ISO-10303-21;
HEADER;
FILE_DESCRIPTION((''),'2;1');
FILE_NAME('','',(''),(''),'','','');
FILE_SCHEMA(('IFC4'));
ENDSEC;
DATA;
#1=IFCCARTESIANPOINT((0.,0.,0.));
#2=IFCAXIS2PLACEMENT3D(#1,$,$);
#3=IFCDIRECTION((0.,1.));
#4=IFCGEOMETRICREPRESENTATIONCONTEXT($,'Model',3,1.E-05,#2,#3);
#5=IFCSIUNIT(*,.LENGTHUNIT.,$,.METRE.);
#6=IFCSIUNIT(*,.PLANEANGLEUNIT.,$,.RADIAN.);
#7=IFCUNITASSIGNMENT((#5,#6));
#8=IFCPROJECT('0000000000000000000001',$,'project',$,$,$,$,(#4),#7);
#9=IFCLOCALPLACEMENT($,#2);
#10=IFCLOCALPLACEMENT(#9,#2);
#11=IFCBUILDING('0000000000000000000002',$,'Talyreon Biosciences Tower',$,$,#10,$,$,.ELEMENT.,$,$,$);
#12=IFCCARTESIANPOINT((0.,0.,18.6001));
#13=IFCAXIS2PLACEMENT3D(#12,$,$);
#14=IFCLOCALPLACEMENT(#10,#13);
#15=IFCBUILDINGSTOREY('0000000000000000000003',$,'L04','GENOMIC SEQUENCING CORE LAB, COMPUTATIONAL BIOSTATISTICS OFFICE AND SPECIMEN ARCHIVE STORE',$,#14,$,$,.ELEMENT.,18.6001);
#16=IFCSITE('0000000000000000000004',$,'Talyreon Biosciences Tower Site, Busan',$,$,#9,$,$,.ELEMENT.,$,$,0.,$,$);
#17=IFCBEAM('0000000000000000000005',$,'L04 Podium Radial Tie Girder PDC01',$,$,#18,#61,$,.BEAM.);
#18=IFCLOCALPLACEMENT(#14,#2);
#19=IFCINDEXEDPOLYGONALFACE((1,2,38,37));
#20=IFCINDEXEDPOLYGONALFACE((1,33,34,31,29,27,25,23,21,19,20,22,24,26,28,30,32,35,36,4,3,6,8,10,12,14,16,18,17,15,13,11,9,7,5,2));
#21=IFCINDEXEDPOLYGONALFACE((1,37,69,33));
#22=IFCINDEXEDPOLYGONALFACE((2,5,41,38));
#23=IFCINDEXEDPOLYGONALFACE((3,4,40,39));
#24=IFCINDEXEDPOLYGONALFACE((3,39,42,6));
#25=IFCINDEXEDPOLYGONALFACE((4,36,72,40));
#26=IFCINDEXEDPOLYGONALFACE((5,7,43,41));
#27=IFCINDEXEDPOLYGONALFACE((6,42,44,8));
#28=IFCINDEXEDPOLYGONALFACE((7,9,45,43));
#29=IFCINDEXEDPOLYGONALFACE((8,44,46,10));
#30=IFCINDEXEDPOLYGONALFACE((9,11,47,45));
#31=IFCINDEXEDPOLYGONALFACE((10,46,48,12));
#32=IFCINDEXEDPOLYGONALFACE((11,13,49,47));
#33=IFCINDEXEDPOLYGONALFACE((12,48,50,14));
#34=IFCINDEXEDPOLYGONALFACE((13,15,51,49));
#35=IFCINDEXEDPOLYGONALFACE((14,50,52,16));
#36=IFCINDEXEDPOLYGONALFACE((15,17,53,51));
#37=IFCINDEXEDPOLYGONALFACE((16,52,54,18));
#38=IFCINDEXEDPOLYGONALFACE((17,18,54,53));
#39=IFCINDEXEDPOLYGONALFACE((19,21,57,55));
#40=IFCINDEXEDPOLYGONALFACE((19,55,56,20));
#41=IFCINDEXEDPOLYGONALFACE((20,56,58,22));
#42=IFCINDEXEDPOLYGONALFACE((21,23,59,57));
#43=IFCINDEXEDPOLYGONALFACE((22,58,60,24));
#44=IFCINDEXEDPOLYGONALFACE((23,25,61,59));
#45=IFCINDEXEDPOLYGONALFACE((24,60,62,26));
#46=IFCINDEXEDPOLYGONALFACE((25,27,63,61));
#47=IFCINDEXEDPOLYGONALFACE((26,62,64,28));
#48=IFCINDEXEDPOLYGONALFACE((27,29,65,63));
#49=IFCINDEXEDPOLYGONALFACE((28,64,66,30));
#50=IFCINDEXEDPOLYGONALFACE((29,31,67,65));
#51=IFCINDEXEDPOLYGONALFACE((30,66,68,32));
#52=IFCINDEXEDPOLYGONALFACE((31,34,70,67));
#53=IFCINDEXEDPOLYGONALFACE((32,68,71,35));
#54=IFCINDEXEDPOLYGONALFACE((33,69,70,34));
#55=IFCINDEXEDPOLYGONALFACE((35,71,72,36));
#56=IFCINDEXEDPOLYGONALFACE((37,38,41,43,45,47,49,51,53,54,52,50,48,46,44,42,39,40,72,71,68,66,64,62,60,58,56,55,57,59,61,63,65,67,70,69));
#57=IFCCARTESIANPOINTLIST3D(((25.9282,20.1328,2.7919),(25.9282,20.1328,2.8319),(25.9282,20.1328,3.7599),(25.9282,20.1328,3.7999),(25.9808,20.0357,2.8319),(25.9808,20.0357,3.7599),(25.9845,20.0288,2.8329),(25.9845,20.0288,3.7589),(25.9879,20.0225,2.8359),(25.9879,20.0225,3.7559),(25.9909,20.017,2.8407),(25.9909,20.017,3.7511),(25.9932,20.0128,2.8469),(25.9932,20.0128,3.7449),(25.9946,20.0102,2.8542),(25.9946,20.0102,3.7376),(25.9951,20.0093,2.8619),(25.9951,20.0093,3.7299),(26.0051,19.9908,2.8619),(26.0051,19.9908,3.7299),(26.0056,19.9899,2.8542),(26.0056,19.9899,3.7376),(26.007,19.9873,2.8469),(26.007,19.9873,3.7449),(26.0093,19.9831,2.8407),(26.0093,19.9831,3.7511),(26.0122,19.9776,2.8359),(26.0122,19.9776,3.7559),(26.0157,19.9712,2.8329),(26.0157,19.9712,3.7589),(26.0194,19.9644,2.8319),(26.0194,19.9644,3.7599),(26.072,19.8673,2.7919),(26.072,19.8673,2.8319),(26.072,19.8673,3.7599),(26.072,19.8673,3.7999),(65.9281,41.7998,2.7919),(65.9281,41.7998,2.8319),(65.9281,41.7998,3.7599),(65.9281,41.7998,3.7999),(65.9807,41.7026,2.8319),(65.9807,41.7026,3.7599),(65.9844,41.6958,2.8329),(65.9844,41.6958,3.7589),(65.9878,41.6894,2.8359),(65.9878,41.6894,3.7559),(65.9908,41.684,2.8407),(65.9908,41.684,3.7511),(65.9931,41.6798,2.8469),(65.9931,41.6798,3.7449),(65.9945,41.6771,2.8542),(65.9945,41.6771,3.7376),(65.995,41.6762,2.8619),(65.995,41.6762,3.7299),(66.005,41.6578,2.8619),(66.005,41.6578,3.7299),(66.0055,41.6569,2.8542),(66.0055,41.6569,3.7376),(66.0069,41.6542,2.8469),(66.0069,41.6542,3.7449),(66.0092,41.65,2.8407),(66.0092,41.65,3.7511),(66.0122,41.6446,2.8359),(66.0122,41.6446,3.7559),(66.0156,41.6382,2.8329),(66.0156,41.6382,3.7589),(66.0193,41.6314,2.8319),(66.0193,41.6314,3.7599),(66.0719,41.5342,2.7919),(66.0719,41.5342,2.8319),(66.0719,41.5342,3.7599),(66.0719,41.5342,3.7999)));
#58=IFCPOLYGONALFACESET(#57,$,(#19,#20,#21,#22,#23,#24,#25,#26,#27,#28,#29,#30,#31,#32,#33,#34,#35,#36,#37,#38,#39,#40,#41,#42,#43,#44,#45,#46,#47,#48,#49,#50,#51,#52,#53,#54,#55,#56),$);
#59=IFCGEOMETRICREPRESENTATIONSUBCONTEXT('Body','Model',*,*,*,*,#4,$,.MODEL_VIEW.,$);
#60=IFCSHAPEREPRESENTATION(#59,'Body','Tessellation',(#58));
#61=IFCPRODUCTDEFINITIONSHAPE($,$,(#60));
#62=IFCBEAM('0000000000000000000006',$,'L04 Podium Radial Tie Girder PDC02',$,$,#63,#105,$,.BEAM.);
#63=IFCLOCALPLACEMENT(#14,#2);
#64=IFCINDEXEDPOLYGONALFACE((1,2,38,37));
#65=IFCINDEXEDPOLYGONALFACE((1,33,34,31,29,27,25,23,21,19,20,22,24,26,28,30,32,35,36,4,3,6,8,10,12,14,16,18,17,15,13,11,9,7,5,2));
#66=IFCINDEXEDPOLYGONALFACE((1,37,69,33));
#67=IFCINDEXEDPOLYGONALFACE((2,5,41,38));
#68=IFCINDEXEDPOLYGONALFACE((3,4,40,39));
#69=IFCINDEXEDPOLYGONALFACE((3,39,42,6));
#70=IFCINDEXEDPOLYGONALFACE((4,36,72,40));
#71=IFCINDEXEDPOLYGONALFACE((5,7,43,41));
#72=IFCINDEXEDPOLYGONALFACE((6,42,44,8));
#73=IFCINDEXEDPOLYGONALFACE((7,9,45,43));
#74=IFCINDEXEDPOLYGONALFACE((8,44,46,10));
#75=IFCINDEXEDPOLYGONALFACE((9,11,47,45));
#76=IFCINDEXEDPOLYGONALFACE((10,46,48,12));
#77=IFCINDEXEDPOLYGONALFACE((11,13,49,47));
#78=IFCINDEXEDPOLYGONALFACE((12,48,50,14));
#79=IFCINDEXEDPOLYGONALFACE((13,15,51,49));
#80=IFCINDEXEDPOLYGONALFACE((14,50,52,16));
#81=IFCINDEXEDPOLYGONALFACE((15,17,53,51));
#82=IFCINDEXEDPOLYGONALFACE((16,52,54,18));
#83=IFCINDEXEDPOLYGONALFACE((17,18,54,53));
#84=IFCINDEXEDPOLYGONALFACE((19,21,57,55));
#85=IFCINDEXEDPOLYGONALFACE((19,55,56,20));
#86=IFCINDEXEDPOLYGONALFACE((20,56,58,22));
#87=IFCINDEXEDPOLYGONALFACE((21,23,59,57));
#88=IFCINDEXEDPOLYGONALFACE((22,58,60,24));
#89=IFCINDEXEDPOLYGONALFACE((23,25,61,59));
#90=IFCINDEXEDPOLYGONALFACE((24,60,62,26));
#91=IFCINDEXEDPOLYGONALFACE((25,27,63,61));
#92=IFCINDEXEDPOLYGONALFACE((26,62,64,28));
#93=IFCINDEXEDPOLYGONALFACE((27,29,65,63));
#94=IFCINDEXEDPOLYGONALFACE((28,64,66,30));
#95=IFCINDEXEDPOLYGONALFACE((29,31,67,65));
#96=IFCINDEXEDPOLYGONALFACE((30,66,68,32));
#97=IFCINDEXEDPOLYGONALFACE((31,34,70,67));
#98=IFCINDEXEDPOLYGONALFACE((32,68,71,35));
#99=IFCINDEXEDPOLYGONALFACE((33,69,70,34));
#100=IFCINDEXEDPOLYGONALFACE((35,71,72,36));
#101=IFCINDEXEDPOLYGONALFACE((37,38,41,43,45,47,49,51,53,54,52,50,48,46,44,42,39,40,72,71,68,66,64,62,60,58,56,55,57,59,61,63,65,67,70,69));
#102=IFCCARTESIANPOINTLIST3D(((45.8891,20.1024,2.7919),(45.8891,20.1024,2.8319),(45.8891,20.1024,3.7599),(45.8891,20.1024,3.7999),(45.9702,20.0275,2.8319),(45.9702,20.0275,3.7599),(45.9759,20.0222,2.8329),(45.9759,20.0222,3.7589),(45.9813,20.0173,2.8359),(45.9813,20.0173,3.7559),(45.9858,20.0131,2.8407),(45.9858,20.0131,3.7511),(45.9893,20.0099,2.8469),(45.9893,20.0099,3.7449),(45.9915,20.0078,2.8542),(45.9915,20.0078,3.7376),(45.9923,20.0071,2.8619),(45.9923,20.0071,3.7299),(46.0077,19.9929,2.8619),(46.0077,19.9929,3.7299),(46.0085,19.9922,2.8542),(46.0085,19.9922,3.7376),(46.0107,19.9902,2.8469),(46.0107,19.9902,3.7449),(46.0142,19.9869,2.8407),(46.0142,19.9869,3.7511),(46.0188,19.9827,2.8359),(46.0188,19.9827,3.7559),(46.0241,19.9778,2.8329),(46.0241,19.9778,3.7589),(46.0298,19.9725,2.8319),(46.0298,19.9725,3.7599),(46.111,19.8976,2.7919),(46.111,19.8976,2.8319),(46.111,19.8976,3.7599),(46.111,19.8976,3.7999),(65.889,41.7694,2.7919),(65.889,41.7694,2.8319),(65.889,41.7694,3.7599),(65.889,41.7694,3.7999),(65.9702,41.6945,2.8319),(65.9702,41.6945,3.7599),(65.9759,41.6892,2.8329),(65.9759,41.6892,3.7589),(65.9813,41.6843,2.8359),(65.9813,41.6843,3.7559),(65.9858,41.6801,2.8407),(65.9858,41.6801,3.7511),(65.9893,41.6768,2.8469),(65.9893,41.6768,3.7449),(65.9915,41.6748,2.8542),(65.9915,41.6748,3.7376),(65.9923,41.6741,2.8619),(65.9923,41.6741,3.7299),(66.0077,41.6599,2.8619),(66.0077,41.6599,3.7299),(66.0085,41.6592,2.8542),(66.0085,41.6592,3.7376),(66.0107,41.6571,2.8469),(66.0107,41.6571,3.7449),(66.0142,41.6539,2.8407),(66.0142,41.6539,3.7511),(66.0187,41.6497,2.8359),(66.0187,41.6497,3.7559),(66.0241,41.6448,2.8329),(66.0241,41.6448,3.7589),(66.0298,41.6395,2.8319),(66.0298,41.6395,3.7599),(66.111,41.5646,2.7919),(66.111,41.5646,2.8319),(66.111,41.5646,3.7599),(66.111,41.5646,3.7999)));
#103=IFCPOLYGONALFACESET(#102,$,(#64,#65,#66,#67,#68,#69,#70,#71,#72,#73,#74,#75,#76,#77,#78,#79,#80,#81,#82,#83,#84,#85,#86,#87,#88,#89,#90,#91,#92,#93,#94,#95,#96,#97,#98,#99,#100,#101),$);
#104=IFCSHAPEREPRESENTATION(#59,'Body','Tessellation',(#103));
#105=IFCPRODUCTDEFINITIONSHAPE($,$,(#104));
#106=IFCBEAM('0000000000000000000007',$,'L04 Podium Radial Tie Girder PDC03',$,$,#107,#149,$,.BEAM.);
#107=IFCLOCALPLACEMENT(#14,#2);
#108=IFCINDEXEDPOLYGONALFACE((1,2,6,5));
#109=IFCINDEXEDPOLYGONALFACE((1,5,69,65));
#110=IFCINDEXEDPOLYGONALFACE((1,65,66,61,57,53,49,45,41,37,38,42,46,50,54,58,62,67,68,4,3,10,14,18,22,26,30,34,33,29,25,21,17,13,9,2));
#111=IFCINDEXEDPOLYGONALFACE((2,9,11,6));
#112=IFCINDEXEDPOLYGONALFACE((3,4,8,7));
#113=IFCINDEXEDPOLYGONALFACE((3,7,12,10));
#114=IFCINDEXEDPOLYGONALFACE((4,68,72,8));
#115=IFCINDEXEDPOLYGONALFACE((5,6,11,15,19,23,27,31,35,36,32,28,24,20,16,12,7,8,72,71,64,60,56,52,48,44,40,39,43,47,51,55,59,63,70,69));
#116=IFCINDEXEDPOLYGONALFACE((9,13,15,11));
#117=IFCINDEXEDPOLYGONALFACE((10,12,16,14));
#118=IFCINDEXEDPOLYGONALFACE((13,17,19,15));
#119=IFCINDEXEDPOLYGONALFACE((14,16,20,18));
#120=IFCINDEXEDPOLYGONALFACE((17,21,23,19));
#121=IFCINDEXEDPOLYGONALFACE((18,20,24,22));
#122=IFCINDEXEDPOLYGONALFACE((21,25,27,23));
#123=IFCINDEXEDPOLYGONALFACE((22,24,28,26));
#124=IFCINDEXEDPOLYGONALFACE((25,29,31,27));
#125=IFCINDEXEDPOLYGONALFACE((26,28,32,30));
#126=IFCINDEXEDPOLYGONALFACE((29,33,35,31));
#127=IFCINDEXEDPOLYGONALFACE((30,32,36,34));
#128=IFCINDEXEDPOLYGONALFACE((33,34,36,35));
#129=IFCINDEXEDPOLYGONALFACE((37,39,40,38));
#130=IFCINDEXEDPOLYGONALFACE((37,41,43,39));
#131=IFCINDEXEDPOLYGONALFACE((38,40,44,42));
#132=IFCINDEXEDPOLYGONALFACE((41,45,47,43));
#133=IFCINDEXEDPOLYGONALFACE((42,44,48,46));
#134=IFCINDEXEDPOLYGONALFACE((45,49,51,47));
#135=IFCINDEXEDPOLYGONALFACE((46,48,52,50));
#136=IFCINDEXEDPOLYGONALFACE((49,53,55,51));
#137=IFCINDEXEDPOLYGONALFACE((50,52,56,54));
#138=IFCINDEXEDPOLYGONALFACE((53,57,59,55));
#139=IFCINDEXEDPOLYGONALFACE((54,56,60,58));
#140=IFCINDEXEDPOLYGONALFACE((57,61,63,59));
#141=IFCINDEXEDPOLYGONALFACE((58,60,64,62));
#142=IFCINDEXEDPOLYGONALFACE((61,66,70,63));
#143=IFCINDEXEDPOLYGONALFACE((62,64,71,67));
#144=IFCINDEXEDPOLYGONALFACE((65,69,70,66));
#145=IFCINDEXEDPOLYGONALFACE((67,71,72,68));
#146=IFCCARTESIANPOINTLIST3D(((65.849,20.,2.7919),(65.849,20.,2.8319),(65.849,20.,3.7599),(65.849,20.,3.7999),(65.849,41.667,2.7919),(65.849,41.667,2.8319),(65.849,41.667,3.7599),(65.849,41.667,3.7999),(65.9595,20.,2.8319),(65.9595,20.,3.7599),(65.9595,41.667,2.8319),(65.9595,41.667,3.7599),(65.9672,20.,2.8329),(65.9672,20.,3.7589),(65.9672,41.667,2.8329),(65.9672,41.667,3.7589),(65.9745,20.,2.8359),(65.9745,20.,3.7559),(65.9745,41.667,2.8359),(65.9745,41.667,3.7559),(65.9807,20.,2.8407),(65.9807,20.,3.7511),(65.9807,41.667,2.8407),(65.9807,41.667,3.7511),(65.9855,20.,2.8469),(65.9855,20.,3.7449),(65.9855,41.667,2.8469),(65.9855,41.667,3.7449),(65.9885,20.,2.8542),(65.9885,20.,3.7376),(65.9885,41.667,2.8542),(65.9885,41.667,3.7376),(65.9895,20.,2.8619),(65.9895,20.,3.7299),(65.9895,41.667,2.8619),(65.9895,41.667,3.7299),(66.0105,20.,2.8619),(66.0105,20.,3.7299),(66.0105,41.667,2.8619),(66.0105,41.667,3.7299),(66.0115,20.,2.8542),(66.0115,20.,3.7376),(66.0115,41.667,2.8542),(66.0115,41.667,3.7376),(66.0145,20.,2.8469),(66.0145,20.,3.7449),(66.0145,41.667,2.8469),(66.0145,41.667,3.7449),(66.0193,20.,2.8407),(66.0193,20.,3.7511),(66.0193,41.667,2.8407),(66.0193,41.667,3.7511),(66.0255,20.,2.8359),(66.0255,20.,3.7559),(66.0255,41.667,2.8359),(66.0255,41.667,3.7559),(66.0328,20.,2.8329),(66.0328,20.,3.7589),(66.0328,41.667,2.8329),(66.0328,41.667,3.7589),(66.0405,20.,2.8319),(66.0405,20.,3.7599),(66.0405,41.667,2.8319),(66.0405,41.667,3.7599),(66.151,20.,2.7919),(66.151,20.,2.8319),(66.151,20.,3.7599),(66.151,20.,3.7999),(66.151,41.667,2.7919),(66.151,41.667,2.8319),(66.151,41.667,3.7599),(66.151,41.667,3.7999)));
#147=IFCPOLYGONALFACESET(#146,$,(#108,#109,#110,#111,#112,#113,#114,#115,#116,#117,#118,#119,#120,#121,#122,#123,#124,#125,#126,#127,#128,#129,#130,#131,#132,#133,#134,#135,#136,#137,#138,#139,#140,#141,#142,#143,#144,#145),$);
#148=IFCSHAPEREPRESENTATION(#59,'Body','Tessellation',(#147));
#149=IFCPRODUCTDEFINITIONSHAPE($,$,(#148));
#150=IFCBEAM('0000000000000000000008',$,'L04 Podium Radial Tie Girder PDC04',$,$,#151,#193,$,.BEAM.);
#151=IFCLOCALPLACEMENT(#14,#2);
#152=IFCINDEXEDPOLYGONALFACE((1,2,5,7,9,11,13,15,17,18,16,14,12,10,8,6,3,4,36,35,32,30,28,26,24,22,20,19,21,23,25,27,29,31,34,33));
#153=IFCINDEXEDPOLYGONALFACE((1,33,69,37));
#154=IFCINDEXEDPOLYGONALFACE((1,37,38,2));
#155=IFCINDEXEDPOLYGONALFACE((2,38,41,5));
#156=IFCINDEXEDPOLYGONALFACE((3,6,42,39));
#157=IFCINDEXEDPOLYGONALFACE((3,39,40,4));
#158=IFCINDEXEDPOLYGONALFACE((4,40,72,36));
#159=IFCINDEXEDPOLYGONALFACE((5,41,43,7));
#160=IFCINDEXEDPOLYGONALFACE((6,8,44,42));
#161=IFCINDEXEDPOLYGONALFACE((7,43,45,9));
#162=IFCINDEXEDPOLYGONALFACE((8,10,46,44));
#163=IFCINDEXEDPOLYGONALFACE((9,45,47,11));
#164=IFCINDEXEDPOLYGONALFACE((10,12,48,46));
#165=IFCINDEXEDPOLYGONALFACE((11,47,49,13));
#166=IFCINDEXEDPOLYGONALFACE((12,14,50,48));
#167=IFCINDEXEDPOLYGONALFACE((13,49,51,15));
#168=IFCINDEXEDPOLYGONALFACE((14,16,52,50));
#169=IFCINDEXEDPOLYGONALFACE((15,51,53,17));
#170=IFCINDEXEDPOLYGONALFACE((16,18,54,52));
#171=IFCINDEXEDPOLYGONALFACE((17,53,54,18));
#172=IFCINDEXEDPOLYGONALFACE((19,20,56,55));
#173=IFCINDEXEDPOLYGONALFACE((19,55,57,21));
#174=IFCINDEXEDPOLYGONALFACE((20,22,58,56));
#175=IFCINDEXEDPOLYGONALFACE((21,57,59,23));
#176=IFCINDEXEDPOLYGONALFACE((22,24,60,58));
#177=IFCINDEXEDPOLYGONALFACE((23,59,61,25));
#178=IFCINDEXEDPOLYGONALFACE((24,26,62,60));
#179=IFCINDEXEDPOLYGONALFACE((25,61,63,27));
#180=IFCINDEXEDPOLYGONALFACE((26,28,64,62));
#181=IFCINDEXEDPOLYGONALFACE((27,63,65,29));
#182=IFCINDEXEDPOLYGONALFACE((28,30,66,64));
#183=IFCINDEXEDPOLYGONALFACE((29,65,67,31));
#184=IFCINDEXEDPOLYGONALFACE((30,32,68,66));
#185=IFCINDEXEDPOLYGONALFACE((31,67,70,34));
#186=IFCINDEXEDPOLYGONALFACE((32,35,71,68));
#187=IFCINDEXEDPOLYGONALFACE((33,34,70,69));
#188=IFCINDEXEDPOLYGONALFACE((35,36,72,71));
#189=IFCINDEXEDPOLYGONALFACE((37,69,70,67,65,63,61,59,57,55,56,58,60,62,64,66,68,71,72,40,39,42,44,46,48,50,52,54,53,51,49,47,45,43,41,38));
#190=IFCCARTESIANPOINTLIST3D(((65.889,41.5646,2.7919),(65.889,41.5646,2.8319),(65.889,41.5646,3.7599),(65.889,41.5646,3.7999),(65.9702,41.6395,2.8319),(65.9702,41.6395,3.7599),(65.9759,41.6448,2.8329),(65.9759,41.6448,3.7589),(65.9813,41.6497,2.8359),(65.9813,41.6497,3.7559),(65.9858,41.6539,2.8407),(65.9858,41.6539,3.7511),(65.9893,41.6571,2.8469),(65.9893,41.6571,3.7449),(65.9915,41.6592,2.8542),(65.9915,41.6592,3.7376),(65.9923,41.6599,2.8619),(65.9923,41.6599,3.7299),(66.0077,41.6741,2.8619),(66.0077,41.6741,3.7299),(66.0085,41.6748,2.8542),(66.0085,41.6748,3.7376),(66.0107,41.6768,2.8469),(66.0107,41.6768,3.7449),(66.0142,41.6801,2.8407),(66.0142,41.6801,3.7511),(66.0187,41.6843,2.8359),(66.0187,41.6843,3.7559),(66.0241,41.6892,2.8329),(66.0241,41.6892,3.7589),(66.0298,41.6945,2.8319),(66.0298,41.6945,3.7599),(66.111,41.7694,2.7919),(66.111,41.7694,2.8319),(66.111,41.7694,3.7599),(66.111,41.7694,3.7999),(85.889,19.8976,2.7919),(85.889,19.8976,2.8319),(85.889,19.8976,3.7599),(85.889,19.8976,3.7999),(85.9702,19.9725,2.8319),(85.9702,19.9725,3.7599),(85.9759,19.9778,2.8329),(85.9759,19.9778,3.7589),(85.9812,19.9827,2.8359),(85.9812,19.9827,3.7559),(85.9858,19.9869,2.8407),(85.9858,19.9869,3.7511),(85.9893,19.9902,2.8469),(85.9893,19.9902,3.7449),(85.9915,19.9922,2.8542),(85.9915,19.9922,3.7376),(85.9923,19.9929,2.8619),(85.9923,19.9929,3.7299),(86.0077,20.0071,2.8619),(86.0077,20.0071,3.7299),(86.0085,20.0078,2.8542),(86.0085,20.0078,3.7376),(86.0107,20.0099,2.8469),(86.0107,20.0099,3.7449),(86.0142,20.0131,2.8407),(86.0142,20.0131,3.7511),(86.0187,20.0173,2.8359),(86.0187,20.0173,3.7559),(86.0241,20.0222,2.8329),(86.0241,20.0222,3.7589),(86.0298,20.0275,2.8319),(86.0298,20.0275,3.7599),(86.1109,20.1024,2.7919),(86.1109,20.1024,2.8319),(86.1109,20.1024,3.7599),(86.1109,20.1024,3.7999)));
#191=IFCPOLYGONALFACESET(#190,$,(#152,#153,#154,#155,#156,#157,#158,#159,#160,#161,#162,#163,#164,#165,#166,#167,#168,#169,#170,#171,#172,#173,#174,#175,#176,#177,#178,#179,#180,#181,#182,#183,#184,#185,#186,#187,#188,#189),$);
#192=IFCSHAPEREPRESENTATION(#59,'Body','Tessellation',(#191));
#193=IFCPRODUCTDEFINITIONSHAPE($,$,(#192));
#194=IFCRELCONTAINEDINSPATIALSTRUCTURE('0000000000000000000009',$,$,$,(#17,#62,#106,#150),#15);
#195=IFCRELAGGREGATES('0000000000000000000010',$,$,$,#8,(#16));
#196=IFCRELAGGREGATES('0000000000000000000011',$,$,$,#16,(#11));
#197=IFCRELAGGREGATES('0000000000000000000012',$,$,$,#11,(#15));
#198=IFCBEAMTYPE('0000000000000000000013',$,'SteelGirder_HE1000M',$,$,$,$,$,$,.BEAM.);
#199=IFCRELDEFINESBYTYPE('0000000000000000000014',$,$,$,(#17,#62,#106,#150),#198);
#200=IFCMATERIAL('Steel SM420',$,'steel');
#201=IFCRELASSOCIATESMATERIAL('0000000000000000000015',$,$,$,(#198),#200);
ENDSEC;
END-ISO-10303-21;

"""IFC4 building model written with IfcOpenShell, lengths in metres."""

from ifc_helpers import new_model, si_unit, direction, frame, origin, origin_2d, place, context, subcontext, project, spatial, i_section, extrude, material, material_profile, profile_set, type_object, element, save


model = new_model("IFC4")

# Units and contexts
model_context = context("Model", 3, precision=1e-05, world=origin(), true_north=direction((0.0, 1.0)))
body_context = subcontext(model_context, "Body", "Model", "MODEL_VIEW")
ifc_project = project(units=[si_unit("LENGTHUNIT", "METRE"), si_unit("PLANEANGLEUNIT", "RADIAN")], contexts=[model_context])

# Site, building, storey
site_placement = place(None, origin())
site = spatial("IfcSite", under=ifc_project, at=site_placement, Name="Talyreon Biosciences Tower Site, Busan", CompositionType="ELEMENT", RefElevation=0.0)
building_placement = place(site_placement, origin())
building = spatial("IfcBuilding", under=site, at=building_placement, Name="Talyreon Biosciences Tower", CompositionType="ELEMENT")
storey_placement = place(building_placement, frame((0.0, 0.0, 18.6001)))
storey = spatial("IfcBuildingStorey", under=building, at=storey_placement, Name="L04", Description="GENOMIC SEQUENCING CORE LAB, COMPUTATIONAL BIOSTATISTICS OFFICE AND SPECIMEN ARCHIVE STORE", CompositionType="ELEMENT", Elevation=18.6001)

# Beams
ifc_material_1 = material(Name="Steel SM420", Category="steel")
ifc_material_profile_1 = material_profile(ifc_material_1, i_section(OverallWidth=0.302, OverallDepth=1.0081, WebThickness=0.021, FlangeThickness=0.04, FilletRadius=0.03, at=origin_2d()), Name="HE1000M")
ifc_profile_set_1 = profile_set([ifc_material_profile_1], Name="Steel SM420")
beam_type_1 = type_object("IfcBeamType", Name="SteelGirder_HE1000M", PredefinedType="BEAM", material=ifc_profile_set_1)
beam_1_placement = place(storey_placement, frame((66.0, 41.667, 3.2959), z_axis=(-0.879289, -0.476289, 0.0), x_axis=(0.476289, -0.879289, 0.0)))
element("IfcBeam", 1, at=beam_1_placement, inside=storey, type_object=beam_type_1, Name="L04 Podium Radial Tie Girder PDC01", PredefinedType="BEAM", context=body_context, shape_type="SweptSolid", body=[
    extrude(i_section(OverallWidth=0.302, OverallDepth=1.0081, WebThickness=0.021, FlangeThickness=0.04, FilletRadius=0.03, at=origin_2d()), origin(), (0.0, 0.0, 1.0), 45.4912),
])
beam_2_placement = place(storey_placement, frame((66.0, 41.667, 3.2959), z_axis=(-0.678275, -0.734809, 0.0), x_axis=(0.734809, -0.678275, 0.0)))
element("IfcBeam", 2, at=beam_2_placement, inside=storey, type_object=beam_type_1, Name="L04 Podium Radial Tie Girder PDC02", PredefinedType="BEAM", context=body_context, shape_type="SweptSolid", body=[
    extrude(i_section(OverallWidth=0.302, OverallDepth=1.0081, WebThickness=0.021, FlangeThickness=0.04, FilletRadius=0.03, at=origin_2d()), origin(), (0.0, 0.0, 1.0), 29.4866),
])
beam_3_placement = place(storey_placement, frame((66.0, 41.667, 3.2959), z_axis=(0.0, -1.0, 0.0), x_axis=(1.0, 0.0, 0.0)))
element("IfcBeam", 3, at=beam_3_placement, inside=storey, type_object=beam_type_1, Name="L04 Podium Radial Tie Girder PDC03", PredefinedType="BEAM", context=body_context, shape_type="SweptSolid", body=[
    extrude(i_section(OverallWidth=0.302, OverallDepth=1.0081, WebThickness=0.021, FlangeThickness=0.04, FilletRadius=0.03, at=origin_2d()), origin(), (0.0, 0.0, 1.0), 21.667),
])
beam_4_placement = place(storey_placement, frame((66.0, 41.667, 3.2959), z_axis=(0.678275, -0.734809, 0.0), x_axis=(0.734809, 0.678275, 0.0)))
element("IfcBeam", 4, at=beam_4_placement, inside=storey, type_object=beam_type_1, Name="L04 Podium Radial Tie Girder PDC04", PredefinedType="BEAM", context=body_context, shape_type="SweptSolid", body=[
    extrude(i_section(OverallWidth=0.302, OverallDepth=1.0081, WebThickness=0.021, FlangeThickness=0.04, FilletRadius=0.03, at=origin_2d()), origin(), (0.0, 0.0, 1.0), 29.4866),
])

save(model, "model.ifc")
